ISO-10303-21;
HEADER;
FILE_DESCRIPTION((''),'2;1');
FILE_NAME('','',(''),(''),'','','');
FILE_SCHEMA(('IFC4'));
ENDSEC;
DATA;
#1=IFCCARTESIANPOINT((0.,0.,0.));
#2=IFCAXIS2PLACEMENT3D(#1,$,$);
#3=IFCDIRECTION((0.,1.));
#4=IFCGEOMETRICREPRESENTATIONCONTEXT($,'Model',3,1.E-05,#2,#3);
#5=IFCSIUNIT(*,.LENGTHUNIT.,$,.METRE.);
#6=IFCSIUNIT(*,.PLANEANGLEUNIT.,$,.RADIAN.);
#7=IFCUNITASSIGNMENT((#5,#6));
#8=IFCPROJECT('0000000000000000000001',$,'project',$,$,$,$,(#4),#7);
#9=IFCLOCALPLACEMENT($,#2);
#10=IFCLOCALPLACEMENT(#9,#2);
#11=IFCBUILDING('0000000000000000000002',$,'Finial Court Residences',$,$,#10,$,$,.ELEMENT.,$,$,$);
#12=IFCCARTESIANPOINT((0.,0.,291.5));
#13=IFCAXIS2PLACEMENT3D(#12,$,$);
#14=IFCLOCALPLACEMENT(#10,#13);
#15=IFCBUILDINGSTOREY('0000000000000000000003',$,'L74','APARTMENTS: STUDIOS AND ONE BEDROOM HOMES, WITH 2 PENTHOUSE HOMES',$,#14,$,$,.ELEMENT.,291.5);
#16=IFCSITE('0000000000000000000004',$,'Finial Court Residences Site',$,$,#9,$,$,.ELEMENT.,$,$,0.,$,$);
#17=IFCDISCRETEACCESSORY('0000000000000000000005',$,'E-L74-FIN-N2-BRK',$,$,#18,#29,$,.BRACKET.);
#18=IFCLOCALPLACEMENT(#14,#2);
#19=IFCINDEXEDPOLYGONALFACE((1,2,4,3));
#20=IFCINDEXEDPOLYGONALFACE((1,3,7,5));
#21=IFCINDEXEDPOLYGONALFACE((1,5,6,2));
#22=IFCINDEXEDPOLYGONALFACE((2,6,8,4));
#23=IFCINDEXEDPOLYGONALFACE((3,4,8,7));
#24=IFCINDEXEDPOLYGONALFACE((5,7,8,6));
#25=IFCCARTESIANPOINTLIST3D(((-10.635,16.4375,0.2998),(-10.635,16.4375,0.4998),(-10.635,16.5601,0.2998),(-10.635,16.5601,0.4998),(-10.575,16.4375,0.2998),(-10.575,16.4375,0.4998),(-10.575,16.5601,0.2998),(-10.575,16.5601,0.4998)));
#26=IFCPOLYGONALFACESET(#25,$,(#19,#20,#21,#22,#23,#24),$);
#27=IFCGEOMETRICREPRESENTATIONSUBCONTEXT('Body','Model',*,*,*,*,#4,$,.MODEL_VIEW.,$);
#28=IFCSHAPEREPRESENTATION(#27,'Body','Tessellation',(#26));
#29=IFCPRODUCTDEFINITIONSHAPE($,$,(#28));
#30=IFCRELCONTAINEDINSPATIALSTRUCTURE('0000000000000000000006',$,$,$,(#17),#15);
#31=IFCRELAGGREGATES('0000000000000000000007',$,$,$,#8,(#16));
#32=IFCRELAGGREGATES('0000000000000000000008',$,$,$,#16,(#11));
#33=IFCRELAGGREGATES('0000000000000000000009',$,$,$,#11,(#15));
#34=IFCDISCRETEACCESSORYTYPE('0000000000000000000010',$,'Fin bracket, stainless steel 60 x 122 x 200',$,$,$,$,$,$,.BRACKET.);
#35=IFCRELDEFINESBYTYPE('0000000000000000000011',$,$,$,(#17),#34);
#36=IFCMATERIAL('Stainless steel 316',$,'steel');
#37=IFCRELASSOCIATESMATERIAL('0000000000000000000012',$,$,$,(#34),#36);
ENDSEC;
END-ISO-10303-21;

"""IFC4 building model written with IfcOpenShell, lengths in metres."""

from ifc_helpers import new_model, si_unit, direction, frame, origin, origin_2d, place, context, subcontext, project, spatial, rectangle, extrude, material, type_object, element, save


model = new_model("IFC4")

# Units and contexts
model_context = context("Model", 3, precision=1e-05, world=origin(), true_north=direction((0.0, 1.0)))
body_context = subcontext(model_context, "Body", "Model", "MODEL_VIEW")
ifc_project = project(units=[si_unit("LENGTHUNIT", "METRE"), si_unit("PLANEANGLEUNIT", "RADIAN")], contexts=[model_context])

# Site, building, storey
site_placement = place(None, origin())
site = spatial("IfcSite", under=ifc_project, at=site_placement, Name="Finial Court Residences Site", CompositionType="ELEMENT", RefElevation=0.0)
building_placement = place(site_placement, origin())
building = spatial("IfcBuilding", under=site, at=building_placement, Name="Finial Court Residences", CompositionType="ELEMENT")
storey_placement = place(building_placement, frame((0.0, 0.0, 291.5)))
storey = spatial("IfcBuildingStorey", under=building, at=storey_placement, Name="L74", Description="APARTMENTS: STUDIOS AND ONE BEDROOM HOMES, WITH 2 PENTHOUSE HOMES", CompositionType="ELEMENT", Elevation=291.5)

# Discrete accessory
ifc_material_1 = material(Name="Stainless steel 316", Category="steel")
discrete_accessory_type = type_object("IfcDiscreteAccessoryType", Name="Fin bracket, stainless steel 60 x 122 x 200", PredefinedType="BRACKET", material=ifc_material_1)
discrete_accessory_placement = place(storey_placement, frame((-10.605, 16.4988, 0.2998), z_axis=(0.0, 0.0, 1.0), x_axis=(1.0, 0.0, 0.0)))
element("IfcDiscreteAccessory", 1, at=discrete_accessory_placement, inside=storey, type_object=discrete_accessory_type, Name="E-L74-FIN-N2-BRK", PredefinedType="BRACKET", context=body_context, shape_type="SweptSolid", body=[
    extrude(rectangle(XDim=0.0601, YDim=0.1226, at=origin_2d()), origin(), (0.0, 0.0, 1.0), 0.2),
])

save(model, "model.ifc")
